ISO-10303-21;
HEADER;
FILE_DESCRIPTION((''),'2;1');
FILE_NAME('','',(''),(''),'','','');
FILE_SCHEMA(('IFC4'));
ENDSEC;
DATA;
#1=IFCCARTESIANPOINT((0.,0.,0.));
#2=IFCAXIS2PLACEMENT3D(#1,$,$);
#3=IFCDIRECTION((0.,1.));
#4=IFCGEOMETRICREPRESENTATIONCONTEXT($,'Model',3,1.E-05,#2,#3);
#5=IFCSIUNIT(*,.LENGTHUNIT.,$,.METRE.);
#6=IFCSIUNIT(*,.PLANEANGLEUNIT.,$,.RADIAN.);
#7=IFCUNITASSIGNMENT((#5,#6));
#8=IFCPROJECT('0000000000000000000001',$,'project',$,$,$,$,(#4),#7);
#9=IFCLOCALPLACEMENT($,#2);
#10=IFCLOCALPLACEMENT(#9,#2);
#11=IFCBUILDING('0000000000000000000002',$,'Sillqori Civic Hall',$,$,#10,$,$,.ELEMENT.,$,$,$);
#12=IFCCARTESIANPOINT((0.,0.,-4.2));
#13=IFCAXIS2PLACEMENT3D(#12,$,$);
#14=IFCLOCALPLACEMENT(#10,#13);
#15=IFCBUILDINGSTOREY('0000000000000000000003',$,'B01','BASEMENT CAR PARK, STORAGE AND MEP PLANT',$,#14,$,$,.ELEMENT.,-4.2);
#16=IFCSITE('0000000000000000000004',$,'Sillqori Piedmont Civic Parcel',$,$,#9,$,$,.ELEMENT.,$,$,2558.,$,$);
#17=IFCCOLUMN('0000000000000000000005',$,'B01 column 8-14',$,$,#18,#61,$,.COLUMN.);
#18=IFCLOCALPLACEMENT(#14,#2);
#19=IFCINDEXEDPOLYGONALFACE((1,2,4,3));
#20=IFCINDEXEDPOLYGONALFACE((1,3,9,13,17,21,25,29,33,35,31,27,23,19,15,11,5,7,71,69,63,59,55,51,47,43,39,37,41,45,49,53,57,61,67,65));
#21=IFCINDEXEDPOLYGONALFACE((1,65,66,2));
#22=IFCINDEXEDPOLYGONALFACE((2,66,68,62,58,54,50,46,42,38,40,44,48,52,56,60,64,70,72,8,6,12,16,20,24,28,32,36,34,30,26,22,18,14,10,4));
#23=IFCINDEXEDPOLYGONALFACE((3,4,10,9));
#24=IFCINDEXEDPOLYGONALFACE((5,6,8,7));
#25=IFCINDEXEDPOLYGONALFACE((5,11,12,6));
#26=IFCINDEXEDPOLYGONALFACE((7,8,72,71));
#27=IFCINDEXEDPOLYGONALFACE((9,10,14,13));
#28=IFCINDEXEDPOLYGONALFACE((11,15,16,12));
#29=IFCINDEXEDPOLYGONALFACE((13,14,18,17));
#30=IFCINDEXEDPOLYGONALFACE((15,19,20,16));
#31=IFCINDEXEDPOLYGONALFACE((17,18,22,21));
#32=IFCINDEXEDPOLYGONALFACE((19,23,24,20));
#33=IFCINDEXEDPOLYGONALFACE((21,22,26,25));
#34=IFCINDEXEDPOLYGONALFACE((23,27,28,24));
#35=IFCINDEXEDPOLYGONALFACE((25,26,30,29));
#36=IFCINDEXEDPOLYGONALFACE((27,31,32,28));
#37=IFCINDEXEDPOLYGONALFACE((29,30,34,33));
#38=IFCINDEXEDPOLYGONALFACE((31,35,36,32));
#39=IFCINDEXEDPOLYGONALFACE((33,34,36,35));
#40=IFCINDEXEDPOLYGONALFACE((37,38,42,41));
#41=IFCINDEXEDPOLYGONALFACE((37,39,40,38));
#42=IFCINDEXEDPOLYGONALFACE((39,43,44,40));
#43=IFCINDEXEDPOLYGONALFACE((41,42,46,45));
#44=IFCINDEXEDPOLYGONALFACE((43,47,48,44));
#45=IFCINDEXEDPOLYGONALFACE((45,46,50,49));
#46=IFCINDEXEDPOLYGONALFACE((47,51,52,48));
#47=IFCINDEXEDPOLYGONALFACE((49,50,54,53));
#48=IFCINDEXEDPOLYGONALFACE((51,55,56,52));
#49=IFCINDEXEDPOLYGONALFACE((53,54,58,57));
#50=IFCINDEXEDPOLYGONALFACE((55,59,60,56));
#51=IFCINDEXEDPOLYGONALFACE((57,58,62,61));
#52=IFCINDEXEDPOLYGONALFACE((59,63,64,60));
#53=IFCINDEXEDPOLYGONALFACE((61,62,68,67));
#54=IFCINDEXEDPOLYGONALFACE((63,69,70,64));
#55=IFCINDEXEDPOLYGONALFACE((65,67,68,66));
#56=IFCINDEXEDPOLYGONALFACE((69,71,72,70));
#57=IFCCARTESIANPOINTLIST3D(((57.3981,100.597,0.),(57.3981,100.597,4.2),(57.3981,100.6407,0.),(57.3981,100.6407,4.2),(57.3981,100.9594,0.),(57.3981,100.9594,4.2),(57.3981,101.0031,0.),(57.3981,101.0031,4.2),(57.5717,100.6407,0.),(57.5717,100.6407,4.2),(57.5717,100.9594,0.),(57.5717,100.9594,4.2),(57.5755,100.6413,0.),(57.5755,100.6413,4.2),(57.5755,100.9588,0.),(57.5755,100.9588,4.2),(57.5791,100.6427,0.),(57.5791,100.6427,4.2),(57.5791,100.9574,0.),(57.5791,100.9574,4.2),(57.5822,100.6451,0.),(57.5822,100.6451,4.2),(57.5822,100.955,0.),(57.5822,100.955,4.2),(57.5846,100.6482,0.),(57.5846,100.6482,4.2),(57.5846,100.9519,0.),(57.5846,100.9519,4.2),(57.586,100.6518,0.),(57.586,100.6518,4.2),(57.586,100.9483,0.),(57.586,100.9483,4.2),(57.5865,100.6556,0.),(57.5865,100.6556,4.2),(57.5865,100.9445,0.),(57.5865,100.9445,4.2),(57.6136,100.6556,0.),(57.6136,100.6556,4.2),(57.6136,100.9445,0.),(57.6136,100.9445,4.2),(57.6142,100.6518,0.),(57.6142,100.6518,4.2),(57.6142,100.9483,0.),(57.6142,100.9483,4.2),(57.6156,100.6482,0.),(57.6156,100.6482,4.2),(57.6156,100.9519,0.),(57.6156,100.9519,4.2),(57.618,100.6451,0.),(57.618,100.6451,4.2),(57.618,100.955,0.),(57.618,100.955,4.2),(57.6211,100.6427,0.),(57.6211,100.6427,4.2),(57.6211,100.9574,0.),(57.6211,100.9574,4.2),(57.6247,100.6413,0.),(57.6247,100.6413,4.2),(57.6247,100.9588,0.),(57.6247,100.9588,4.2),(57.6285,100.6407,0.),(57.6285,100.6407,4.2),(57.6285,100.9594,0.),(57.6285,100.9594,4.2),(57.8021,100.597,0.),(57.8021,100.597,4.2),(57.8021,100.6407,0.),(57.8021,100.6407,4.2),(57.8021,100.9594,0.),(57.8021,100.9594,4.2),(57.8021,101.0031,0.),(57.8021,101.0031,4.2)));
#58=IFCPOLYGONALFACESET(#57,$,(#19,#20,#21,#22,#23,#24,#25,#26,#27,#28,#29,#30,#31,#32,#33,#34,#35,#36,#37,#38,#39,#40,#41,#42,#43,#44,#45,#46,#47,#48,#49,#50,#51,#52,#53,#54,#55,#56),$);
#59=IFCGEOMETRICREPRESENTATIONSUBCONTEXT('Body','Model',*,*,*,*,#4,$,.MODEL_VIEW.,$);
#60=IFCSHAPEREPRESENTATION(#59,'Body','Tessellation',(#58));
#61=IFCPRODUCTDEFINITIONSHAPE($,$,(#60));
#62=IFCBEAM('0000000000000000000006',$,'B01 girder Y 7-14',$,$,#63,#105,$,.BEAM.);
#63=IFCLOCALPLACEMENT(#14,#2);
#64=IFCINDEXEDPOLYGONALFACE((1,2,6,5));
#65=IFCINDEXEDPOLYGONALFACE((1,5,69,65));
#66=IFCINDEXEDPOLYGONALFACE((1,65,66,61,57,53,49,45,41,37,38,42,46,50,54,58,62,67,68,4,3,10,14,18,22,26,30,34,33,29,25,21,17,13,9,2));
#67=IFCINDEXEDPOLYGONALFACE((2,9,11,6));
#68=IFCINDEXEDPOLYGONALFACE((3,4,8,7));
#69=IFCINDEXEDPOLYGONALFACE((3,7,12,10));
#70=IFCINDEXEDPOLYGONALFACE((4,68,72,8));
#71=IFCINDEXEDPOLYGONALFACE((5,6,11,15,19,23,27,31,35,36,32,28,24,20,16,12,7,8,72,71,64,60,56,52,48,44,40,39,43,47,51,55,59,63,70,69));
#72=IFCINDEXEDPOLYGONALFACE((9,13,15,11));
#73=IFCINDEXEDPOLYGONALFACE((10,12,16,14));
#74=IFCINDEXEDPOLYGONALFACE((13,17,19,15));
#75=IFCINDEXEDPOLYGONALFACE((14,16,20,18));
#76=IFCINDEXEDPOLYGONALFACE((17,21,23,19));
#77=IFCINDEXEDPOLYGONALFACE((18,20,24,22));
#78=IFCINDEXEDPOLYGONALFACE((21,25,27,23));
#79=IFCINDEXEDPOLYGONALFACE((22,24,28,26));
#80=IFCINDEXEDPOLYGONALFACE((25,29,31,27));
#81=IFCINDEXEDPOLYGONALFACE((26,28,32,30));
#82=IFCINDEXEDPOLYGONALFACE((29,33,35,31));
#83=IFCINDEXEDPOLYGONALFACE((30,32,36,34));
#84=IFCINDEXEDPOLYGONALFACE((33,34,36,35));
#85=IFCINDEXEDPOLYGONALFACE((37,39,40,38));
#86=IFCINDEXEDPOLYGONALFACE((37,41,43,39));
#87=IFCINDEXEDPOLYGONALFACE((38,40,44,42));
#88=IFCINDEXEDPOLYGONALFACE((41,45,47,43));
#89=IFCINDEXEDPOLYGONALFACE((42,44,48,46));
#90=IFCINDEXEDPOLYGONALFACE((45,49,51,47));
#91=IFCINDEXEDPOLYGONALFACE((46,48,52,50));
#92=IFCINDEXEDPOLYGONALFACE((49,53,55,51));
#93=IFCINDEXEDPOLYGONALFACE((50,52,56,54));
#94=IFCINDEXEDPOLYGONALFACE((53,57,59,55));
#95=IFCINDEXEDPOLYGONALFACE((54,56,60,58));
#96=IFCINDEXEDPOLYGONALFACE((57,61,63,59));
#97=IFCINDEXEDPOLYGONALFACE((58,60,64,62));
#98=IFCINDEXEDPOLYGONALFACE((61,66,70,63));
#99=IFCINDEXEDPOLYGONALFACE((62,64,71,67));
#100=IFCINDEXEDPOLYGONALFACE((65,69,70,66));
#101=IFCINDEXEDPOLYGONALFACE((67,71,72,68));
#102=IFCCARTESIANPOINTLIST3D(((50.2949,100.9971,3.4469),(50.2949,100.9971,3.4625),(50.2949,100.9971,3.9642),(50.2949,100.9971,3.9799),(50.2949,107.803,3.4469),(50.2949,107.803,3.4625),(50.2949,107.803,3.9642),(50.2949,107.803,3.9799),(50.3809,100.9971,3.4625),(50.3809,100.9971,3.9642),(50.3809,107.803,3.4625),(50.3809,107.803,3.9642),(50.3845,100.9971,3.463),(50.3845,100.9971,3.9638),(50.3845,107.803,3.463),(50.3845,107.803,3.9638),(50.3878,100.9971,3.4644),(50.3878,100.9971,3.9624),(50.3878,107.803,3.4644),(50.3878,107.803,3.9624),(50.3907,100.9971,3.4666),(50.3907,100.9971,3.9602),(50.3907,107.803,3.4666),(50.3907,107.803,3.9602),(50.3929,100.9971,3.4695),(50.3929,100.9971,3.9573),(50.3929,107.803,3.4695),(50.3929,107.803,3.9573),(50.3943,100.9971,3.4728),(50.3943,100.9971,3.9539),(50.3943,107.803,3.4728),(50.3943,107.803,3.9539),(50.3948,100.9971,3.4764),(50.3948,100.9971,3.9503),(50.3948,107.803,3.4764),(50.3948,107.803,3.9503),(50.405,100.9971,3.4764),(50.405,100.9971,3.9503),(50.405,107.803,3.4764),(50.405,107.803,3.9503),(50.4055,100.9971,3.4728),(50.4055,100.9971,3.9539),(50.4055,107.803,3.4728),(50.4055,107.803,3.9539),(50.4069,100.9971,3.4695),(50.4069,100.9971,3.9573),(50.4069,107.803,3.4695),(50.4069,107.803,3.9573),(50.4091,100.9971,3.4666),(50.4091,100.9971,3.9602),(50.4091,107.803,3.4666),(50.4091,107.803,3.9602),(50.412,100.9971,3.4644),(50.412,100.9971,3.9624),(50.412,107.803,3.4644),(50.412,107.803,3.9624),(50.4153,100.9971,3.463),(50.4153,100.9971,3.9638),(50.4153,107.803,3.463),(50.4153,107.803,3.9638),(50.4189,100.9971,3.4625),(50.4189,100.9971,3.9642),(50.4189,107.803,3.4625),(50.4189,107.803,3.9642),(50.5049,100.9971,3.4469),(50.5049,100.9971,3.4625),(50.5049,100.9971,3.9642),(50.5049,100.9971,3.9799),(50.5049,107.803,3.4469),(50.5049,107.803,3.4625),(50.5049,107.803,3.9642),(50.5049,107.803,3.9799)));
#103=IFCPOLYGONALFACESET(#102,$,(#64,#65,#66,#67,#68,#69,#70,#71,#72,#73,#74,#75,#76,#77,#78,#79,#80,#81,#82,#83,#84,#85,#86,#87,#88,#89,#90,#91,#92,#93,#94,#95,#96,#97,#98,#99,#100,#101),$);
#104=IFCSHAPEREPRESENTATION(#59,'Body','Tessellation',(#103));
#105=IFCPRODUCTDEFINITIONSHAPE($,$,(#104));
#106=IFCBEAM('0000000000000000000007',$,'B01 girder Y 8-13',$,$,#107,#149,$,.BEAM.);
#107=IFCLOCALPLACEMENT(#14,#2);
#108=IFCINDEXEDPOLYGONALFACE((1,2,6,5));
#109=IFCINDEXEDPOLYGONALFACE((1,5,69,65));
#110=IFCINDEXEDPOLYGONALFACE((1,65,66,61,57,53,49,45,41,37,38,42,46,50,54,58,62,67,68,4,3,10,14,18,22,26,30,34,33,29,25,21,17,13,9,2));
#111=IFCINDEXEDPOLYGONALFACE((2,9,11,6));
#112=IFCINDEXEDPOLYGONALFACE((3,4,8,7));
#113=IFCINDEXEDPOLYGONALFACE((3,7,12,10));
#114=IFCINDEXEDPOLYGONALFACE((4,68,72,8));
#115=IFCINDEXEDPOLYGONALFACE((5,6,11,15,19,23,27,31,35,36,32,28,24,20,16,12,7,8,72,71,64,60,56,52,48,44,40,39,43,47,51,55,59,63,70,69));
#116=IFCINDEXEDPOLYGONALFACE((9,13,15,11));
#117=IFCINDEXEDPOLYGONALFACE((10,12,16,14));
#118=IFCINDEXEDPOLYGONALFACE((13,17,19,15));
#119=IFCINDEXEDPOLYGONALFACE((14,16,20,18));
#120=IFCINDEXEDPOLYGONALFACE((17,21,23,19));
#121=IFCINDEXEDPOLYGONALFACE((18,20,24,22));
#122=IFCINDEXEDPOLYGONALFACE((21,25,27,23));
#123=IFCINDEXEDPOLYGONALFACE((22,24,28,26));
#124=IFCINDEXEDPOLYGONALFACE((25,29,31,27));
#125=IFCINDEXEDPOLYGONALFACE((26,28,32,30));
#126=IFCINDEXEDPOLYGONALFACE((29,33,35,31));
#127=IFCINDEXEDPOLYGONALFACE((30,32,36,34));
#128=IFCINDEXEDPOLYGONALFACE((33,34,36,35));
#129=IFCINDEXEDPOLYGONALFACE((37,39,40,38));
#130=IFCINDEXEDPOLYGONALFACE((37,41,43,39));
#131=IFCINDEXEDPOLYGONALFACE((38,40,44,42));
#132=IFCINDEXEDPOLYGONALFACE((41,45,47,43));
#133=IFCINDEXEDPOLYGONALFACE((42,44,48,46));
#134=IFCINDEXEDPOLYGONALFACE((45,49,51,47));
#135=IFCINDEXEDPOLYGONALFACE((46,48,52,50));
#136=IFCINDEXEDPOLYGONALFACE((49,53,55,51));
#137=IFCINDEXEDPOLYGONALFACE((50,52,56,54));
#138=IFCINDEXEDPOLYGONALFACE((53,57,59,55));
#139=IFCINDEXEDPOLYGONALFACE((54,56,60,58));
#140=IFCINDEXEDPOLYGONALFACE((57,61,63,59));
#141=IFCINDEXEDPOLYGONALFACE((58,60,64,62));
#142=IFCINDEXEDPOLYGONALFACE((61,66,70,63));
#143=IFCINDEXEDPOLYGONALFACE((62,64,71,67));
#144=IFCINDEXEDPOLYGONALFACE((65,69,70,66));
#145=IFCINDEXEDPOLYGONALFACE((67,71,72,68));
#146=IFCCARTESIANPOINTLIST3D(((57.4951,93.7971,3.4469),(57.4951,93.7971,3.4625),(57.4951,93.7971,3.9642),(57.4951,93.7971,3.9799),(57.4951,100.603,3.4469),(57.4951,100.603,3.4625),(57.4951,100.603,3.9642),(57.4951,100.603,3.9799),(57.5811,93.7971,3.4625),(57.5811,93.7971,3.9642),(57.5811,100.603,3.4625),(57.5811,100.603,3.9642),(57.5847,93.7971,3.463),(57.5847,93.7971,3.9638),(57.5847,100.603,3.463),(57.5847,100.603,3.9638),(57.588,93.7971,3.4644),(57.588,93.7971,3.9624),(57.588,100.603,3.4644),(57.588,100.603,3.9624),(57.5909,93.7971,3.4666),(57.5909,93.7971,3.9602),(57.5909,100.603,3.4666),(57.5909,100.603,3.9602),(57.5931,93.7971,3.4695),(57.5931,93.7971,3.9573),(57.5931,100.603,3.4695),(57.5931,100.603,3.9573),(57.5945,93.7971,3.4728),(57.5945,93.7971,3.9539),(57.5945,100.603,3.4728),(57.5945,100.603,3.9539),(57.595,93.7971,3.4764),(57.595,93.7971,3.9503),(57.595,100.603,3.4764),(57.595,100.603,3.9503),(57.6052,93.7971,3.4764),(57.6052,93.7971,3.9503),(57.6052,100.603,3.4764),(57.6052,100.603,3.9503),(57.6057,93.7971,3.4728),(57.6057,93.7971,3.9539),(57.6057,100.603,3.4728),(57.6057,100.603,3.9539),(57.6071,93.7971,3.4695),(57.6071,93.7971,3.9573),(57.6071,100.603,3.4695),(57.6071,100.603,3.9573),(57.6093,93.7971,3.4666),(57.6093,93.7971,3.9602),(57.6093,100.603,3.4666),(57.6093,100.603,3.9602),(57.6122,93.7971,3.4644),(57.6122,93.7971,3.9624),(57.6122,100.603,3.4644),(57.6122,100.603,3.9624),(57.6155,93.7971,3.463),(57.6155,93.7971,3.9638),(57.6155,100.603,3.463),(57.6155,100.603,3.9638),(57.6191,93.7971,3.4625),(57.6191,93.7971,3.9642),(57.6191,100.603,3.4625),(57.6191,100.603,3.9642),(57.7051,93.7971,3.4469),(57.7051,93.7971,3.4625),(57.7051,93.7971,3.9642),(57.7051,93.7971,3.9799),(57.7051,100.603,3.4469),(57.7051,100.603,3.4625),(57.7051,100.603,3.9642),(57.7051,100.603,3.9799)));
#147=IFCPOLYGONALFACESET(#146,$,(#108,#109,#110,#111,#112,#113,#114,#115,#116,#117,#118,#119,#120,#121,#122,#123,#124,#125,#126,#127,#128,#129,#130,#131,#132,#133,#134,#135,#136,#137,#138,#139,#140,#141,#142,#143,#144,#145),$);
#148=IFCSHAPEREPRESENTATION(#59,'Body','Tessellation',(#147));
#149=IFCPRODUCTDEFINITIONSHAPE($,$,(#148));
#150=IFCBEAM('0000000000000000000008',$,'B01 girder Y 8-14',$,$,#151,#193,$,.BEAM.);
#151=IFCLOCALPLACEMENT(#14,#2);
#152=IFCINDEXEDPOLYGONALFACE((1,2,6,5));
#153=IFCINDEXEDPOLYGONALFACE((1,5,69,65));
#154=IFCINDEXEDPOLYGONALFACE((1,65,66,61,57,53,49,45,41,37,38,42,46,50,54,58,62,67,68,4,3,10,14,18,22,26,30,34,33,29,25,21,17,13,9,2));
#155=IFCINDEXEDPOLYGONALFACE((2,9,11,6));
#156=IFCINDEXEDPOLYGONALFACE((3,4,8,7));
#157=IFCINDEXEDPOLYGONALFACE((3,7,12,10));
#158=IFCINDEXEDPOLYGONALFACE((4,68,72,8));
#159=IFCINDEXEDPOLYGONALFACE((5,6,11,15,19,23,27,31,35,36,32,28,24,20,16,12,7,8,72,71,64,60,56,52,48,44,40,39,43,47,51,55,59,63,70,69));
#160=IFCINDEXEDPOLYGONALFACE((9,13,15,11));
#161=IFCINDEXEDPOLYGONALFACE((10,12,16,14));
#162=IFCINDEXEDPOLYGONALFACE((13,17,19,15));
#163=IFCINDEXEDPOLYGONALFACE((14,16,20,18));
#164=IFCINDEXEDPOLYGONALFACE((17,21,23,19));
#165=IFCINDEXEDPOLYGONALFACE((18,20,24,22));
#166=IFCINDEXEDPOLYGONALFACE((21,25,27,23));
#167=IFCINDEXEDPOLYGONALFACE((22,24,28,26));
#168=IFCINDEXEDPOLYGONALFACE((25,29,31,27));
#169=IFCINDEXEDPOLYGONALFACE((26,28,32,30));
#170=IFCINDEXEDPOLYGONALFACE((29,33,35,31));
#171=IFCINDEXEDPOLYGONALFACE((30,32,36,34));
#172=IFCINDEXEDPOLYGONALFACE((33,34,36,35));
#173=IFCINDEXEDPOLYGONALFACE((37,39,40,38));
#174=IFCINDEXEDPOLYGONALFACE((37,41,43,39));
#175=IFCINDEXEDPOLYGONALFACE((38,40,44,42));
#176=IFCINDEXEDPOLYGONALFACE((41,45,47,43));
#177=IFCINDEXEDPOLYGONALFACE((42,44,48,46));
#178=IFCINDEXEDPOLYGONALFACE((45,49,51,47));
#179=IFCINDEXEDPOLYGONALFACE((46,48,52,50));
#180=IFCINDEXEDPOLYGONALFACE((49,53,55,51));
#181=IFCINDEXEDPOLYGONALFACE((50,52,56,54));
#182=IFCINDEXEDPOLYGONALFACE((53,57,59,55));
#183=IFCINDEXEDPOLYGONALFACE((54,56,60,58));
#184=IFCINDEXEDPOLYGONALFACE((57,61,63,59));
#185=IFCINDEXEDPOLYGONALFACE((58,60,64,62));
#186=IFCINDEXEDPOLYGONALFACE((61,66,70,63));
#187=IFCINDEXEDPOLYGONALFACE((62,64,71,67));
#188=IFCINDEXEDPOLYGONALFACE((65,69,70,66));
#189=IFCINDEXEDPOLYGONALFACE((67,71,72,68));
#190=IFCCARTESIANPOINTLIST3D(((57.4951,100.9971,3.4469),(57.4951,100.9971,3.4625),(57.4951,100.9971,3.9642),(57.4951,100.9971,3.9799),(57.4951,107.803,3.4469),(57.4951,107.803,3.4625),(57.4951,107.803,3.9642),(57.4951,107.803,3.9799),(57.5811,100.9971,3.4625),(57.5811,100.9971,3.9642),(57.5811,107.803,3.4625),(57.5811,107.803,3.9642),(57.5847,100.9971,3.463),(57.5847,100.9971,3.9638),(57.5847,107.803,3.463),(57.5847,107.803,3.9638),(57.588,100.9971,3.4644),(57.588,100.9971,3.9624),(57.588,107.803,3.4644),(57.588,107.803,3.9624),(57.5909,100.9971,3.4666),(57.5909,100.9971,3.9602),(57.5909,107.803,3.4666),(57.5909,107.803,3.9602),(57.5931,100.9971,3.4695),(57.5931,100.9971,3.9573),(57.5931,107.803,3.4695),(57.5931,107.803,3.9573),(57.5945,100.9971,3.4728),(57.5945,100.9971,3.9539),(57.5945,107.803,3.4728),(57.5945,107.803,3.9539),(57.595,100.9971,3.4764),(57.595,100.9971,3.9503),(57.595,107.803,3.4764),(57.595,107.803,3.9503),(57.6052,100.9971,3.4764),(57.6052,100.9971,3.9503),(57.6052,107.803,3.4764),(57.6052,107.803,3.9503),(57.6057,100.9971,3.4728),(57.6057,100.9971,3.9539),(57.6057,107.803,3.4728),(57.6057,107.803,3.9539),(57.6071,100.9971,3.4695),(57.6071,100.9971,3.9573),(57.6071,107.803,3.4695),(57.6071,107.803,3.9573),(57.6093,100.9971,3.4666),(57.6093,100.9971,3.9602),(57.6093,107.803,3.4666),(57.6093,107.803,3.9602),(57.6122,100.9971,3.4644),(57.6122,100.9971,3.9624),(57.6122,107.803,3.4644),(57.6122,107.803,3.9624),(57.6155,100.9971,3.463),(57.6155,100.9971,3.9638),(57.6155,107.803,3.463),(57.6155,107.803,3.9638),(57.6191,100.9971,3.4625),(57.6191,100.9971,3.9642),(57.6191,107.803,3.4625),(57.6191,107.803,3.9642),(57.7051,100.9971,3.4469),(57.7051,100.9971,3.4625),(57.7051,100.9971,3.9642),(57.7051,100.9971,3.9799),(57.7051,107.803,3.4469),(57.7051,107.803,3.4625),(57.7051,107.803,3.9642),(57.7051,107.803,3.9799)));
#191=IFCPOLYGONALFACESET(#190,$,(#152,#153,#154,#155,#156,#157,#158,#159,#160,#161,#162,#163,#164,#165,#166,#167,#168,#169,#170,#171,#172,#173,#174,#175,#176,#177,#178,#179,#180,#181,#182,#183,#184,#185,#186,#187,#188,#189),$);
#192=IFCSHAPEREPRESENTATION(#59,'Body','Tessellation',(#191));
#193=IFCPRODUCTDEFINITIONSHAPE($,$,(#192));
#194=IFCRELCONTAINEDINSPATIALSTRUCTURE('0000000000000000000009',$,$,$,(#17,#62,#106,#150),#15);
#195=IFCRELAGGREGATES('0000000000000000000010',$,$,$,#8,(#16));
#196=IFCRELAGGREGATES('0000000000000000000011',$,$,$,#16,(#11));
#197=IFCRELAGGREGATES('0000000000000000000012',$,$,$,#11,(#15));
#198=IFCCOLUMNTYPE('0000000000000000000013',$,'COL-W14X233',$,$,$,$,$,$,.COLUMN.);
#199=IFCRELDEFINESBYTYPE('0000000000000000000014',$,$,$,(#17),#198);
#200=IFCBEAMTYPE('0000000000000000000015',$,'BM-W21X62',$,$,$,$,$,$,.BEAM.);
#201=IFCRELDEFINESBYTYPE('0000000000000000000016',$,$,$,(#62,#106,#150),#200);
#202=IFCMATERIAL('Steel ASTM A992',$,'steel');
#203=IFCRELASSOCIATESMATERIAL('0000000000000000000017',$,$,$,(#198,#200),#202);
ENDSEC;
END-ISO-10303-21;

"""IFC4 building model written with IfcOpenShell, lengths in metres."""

from ifc_helpers import new_model, si_unit, direction, frame, origin, origin_2d, place, context, subcontext, project, spatial, i_section, extrude, material, material_profile, profile_set, type_object, element, save


model = new_model("IFC4")

# Units and contexts
model_context = context("Model", 3, precision=1e-05, world=origin(), true_north=direction((0.0, 1.0)))
body_context = subcontext(model_context, "Body", "Model", "MODEL_VIEW")
ifc_project = project(units=[si_unit("LENGTHUNIT", "METRE"), si_unit("PLANEANGLEUNIT", "RADIAN")], contexts=[model_context])

# Site, building, storey
site_placement = place(None, origin())
site = spatial("IfcSite", under=ifc_project, at=site_placement, Name="Sillqori Piedmont Civic Parcel", CompositionType="ELEMENT", RefElevation=2558.0)
building_placement = place(site_placement, origin())
building = spatial("IfcBuilding", under=site, at=building_placement, Name="Sillqori Civic Hall", CompositionType="ELEMENT")
storey_placement = place(building_placement, frame((0.0, 0.0, -4.2)))
storey = spatial("IfcBuildingStorey", under=building, at=storey_placement, Name="B01", Description="BASEMENT CAR PARK, STORAGE AND MEP PLANT", CompositionType="ELEMENT", Elevation=-4.2)

# Column
ifc_material_1 = material(Name="Steel ASTM A992", Category="steel")
ifc_material_profile_1 = material_profile(ifc_material_1, i_section(OverallWidth=0.4041, OverallDepth=0.406, WebThickness=0.0271, FlangeThickness=0.0437, FilletRadius=0.0149, at=origin_2d()), Name="W14X233")
ifc_profile_set_1 = profile_set([ifc_material_profile_1], Name="Steel ASTM A992")
column_type = type_object("IfcColumnType", Name="COL-W14X233", PredefinedType="COLUMN", material=ifc_profile_set_1)
for number, where, z_axis, x_axis, name in (
    (1, (57.6001, 100.8, 0.0), (0.0, 0.0, 1.0), (1.0, 0.0, 0.0), "B01 column 8-14"),
):
    element("IfcColumn", number, at=place(storey_placement, frame(where, z_axis=z_axis, x_axis=x_axis)), inside=storey, type_object=column_type, Name=name, PredefinedType="COLUMN", context=body_context, shape_type="SweptSolid", body=[
        extrude(i_section(OverallWidth=0.4041, OverallDepth=0.406, WebThickness=0.0271, FlangeThickness=0.0437, FilletRadius=0.0149, at=origin_2d()), origin(), (0.0, 0.0, 1.0), 4.2),
    ])

# Beams
ifc_material_profile_2 = material_profile(ifc_material_1, i_section(OverallWidth=0.21, OverallDepth=0.533, WebThickness=0.0103, FlangeThickness=0.0156, FilletRadius=0.0139, at=origin_2d()), Name="W21X62")
ifc_profile_set_2 = profile_set([ifc_material_profile_2], Name="Steel ASTM A992")
beam_type_1 = type_object("IfcBeamType", Name="BM-W21X62", PredefinedType="BEAM", material=ifc_profile_set_2)
for number, where, z_axis, x_axis, name in (
    (2, (50.3999, 100.9971, 3.7134), (0.0, 1.0, 0.0), (-1.0, 0.0, 0.0), "B01 girder Y 7-14"),
    (3, (57.6001, 93.7971, 3.7134), (0.0, 1.0, 0.0), (-1.0, 0.0, 0.0), "B01 girder Y 8-13"),
    (4, (57.6001, 100.9971, 3.7134), (0.0, 1.0, 0.0), (-1.0, 0.0, 0.0), "B01 girder Y 8-14"),
):
    element("IfcBeam", number, at=place(storey_placement, frame(where, z_axis=z_axis, x_axis=x_axis)), inside=storey, type_object=beam_type_1, Name=name, PredefinedType="BEAM", context=body_context, shape_type="SweptSolid", body=[
        extrude(i_section(OverallWidth=0.21, OverallDepth=0.533, WebThickness=0.0103, FlangeThickness=0.0156, FilletRadius=0.0139, at=origin_2d()), origin(), (0.0, 0.0, 1.0), 6.8059),
    ])

save(model, "model.ifc")
